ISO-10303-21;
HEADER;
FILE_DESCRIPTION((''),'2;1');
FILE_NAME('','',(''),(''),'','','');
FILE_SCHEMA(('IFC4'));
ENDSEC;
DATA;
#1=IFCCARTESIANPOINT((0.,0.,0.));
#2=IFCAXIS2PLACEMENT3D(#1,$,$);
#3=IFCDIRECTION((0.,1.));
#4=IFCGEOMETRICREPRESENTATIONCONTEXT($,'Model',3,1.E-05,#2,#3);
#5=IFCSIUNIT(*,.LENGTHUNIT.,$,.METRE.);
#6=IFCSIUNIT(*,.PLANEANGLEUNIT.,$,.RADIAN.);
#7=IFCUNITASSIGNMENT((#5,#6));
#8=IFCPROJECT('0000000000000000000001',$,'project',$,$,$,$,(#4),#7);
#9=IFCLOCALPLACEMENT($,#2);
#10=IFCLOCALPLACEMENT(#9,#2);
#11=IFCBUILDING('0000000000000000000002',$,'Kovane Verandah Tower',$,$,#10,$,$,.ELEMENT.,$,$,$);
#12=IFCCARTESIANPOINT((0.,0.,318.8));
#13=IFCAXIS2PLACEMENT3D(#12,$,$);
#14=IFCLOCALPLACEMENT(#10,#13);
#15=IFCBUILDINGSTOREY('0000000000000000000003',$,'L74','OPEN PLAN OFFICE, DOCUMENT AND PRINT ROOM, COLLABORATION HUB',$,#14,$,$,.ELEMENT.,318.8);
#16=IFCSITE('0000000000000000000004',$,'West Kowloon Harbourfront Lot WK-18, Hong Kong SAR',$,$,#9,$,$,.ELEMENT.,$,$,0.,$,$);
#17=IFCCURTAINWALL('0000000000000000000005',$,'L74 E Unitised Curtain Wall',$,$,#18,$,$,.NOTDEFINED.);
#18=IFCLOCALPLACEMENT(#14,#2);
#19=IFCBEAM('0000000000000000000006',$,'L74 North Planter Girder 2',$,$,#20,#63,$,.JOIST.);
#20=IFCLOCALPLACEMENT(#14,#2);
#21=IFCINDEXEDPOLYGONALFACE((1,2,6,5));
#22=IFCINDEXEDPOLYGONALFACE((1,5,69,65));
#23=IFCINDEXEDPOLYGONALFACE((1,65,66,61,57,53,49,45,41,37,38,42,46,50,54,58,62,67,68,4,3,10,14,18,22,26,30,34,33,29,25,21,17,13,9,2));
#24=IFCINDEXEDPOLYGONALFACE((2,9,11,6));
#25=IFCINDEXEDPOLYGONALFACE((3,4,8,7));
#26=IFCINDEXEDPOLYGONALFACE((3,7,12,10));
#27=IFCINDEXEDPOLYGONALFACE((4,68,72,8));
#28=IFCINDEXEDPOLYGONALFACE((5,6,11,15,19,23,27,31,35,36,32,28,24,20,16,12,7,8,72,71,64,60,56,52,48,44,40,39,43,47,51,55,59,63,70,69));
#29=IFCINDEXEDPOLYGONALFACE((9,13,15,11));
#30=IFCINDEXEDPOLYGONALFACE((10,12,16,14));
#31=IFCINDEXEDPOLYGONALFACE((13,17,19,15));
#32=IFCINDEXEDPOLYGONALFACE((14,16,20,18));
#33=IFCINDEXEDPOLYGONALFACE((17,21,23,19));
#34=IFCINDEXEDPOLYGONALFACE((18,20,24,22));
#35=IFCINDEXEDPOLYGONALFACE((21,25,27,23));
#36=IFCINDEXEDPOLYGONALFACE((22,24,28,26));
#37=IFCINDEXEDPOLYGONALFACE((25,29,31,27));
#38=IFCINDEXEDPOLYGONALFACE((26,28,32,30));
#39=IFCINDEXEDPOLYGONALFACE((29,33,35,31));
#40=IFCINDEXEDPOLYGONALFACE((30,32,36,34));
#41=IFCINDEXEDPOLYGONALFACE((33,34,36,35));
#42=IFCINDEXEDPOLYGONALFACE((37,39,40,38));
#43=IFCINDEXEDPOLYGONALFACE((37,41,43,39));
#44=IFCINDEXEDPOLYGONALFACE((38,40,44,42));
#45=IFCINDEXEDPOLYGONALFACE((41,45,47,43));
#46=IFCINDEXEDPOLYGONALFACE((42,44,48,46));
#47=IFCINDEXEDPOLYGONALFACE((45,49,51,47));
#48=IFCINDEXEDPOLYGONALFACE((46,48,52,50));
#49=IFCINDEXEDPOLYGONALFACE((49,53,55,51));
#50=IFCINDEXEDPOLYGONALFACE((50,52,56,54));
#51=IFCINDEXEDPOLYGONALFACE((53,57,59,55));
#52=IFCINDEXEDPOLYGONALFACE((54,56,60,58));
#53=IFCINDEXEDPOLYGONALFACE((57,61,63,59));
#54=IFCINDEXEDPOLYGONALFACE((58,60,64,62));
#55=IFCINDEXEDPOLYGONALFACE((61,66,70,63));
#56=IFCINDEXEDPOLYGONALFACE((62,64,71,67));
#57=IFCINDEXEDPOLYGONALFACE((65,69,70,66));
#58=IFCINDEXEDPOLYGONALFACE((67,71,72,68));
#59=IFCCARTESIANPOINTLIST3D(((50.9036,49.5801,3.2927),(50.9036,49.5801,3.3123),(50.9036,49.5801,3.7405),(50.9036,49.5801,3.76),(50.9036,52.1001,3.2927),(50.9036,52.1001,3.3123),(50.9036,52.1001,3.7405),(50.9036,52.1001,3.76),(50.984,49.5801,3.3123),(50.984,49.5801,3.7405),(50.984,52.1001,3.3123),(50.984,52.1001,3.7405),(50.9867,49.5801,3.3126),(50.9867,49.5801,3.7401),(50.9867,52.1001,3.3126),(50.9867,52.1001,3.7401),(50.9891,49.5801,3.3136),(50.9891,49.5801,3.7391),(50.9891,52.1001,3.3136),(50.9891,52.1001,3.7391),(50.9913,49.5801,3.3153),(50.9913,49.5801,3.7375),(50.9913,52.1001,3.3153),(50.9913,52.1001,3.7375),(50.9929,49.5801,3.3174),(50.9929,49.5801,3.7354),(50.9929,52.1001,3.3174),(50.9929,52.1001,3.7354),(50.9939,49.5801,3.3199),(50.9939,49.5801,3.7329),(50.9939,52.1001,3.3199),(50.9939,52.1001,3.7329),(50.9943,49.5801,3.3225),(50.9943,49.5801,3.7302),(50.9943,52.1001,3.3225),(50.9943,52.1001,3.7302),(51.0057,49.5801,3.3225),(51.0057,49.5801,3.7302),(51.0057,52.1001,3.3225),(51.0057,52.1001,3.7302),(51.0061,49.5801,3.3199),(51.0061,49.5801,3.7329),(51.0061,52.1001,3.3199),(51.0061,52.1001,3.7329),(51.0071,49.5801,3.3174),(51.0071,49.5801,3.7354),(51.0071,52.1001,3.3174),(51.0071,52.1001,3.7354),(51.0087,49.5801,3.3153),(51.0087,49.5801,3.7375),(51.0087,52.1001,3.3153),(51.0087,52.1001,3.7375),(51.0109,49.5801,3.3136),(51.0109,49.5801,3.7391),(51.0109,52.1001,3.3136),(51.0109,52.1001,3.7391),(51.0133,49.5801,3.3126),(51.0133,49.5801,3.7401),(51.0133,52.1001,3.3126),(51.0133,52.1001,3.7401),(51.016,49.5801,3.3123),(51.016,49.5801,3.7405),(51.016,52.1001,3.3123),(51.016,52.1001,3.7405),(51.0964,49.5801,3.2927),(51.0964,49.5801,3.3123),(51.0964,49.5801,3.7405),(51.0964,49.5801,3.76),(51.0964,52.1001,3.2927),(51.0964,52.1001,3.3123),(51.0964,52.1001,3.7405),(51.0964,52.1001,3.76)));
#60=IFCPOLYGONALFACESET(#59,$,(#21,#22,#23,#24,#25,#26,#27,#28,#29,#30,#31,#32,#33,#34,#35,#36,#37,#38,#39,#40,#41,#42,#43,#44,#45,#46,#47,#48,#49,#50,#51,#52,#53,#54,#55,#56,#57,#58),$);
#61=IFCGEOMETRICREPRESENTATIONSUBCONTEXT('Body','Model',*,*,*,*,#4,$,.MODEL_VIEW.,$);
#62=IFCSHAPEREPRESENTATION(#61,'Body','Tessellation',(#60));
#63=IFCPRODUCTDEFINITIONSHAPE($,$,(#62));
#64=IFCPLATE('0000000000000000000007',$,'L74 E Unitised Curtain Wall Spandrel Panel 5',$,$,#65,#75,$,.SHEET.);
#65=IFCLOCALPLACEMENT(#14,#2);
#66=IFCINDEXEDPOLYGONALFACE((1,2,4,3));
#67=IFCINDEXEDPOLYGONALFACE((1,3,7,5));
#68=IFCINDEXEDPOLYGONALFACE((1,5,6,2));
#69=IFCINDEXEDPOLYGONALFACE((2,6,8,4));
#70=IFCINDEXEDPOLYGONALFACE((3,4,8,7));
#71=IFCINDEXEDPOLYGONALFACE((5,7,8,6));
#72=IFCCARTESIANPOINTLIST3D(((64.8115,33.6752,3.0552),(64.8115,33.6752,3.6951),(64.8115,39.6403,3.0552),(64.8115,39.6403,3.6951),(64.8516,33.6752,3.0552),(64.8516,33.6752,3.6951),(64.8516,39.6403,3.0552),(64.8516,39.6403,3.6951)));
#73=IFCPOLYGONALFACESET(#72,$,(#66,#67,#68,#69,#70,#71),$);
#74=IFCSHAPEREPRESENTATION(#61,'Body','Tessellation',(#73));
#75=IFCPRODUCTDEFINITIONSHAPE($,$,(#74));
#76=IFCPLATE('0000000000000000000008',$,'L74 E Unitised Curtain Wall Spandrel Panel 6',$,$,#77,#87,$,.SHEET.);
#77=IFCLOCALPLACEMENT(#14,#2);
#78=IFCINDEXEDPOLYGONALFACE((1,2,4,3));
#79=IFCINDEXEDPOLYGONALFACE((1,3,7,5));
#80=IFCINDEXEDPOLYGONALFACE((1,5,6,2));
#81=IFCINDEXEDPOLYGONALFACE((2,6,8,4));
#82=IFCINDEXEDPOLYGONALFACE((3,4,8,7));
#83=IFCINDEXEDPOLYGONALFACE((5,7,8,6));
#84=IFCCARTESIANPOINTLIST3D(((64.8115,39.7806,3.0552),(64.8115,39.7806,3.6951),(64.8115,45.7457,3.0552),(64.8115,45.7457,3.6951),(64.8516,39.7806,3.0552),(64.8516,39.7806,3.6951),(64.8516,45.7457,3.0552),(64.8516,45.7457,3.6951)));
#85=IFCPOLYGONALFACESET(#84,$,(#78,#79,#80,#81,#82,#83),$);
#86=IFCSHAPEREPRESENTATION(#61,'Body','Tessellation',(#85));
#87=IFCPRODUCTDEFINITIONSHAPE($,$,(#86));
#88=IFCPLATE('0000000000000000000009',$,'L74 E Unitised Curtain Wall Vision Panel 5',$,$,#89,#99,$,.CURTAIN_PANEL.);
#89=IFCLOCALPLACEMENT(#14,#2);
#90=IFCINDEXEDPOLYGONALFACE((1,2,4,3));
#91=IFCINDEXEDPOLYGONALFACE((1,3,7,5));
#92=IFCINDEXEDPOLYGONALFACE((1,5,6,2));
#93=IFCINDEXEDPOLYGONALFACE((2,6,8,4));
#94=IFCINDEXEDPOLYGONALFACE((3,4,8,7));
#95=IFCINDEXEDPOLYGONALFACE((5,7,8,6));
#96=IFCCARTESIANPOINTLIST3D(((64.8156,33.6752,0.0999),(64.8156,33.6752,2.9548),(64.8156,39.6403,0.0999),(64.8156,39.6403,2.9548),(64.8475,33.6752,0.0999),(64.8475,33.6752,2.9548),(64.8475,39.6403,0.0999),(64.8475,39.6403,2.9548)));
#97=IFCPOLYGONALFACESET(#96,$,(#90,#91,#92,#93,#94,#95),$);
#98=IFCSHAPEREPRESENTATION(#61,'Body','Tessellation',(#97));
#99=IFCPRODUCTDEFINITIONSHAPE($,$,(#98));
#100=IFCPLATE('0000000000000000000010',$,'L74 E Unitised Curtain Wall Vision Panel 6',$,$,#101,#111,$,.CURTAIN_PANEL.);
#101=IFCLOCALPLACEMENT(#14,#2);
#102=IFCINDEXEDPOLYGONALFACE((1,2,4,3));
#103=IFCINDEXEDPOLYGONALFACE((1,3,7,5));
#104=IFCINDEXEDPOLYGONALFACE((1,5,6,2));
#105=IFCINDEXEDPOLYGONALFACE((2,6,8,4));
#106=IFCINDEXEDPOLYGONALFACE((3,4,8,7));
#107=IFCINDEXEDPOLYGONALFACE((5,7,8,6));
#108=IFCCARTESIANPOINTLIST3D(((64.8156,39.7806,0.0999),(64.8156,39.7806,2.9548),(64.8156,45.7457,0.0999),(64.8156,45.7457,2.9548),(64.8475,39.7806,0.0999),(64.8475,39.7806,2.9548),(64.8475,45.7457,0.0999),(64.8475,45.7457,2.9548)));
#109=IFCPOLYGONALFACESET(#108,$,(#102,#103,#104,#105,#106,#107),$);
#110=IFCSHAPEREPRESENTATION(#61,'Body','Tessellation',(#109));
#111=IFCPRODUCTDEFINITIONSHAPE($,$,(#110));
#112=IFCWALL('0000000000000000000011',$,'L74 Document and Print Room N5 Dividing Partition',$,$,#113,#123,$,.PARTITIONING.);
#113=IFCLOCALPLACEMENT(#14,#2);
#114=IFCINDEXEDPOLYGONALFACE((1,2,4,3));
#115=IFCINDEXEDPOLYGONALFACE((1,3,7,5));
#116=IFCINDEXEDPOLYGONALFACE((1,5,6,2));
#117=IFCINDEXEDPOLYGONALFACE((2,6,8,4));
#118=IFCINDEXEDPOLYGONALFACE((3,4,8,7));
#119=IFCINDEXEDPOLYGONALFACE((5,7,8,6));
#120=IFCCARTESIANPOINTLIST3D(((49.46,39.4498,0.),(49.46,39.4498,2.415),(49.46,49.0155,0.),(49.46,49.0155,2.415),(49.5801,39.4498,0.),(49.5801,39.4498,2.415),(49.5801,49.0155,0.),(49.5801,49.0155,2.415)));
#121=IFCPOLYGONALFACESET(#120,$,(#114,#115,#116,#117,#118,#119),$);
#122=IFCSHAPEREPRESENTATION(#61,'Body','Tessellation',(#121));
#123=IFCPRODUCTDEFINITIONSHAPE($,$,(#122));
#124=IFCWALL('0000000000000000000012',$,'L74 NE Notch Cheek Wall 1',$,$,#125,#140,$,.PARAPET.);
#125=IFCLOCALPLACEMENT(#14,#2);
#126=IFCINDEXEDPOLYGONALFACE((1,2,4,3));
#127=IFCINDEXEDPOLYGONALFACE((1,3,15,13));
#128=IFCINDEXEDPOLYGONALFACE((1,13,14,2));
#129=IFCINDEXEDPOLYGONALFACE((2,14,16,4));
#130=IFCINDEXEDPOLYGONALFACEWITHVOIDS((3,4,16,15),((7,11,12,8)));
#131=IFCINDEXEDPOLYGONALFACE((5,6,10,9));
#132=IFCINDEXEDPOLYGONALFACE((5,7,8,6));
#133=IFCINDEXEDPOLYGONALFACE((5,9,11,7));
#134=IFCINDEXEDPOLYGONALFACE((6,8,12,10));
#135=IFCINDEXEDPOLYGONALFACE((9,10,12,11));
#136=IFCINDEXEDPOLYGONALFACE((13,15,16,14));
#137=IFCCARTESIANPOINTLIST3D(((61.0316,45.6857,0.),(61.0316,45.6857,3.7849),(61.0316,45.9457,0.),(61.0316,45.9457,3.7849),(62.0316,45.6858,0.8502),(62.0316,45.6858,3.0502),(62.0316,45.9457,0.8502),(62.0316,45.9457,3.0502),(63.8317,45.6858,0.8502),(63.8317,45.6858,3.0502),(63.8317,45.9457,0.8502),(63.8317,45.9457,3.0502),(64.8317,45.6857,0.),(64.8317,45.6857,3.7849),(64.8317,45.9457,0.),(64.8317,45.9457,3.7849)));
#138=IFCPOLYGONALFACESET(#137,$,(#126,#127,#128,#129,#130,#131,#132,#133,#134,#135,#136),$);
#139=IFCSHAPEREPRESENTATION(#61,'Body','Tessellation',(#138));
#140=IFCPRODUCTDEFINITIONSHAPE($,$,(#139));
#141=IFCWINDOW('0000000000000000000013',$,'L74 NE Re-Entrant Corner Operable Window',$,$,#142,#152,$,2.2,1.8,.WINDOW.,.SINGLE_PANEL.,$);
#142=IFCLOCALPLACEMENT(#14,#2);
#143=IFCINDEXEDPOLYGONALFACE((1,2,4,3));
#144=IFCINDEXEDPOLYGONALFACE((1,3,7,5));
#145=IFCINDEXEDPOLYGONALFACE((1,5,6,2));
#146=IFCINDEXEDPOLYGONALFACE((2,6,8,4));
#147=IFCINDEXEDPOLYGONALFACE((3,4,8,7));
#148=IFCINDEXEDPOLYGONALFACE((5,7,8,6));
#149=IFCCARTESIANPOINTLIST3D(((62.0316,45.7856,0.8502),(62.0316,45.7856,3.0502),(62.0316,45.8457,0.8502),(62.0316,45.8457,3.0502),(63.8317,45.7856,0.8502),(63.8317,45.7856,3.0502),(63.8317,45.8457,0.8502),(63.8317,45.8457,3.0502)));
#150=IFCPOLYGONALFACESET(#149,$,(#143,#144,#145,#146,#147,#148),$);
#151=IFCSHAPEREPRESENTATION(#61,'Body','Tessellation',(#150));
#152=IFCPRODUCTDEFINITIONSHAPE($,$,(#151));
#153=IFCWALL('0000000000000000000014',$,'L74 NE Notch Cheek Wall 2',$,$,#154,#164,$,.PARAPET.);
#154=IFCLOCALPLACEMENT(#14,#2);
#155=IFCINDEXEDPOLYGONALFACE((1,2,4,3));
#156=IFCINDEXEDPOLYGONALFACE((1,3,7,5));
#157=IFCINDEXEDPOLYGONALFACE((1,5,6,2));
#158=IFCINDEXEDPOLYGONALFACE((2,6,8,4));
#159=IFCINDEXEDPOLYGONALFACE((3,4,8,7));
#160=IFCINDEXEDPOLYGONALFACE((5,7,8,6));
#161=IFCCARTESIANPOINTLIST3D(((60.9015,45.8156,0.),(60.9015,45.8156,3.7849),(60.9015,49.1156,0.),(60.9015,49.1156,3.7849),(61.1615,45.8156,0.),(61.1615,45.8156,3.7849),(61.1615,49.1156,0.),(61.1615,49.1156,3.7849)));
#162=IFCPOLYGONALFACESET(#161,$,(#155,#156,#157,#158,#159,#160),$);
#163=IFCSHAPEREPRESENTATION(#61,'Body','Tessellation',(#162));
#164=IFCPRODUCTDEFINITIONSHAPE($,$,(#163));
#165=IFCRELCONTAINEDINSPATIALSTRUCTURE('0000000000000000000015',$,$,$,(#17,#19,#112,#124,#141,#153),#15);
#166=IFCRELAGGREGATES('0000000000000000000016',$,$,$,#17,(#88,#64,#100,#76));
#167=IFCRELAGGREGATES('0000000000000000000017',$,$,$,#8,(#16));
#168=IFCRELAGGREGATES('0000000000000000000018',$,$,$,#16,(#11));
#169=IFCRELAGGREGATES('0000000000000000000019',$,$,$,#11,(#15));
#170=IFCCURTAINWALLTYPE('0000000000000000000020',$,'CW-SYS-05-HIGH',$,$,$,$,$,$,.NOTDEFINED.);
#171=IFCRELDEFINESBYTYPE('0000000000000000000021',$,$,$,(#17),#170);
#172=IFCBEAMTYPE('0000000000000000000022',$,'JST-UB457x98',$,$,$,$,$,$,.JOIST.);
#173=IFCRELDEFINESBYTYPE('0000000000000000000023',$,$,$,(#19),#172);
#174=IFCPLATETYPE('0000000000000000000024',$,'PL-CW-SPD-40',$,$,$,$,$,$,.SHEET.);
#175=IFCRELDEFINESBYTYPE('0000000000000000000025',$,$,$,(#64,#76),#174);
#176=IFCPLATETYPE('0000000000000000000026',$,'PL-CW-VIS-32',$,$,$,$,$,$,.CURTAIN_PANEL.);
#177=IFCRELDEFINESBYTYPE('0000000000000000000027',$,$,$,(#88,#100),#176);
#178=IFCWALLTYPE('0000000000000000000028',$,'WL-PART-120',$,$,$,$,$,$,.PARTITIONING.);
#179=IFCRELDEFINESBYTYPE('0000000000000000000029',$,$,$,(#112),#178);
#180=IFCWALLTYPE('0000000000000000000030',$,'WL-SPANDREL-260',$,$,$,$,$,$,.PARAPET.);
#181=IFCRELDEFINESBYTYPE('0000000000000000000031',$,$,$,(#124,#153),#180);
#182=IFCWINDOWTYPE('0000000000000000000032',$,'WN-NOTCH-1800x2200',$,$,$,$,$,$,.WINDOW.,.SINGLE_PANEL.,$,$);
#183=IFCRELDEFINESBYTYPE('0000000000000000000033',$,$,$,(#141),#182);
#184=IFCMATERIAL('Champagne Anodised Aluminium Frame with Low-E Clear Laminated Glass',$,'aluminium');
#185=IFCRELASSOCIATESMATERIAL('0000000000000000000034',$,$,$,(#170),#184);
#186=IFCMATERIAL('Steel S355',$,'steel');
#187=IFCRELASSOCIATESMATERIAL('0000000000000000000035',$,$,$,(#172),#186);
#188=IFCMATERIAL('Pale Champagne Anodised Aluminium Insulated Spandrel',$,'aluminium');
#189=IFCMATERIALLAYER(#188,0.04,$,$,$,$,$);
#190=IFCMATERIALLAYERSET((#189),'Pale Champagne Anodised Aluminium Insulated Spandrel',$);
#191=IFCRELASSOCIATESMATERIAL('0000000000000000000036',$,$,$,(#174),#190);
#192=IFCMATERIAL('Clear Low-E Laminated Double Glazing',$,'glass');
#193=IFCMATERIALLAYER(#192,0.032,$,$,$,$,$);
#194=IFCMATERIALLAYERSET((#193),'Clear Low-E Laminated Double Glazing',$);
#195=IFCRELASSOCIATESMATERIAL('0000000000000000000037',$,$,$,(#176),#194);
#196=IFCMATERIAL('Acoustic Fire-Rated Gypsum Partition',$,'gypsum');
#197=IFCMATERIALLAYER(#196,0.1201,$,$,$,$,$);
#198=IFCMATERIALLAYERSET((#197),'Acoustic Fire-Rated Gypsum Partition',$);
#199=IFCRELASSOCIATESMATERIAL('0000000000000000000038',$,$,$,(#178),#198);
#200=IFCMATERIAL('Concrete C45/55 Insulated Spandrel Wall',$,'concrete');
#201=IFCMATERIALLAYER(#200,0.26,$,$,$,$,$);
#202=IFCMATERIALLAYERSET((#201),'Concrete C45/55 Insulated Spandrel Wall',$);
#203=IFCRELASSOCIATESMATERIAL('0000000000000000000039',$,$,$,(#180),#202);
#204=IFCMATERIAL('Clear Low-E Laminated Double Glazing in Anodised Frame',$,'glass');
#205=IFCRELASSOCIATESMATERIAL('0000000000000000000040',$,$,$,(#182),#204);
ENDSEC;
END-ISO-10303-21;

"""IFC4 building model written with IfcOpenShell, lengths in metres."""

from ifc_helpers import new_model, si_unit, direction, frame, frame_2d, origin, origin_2d, place, context, subcontext, project, spatial, rectangle, i_section, extrude, material, layer, layer_set, material_profile, profile_set, type_object, element, fill, aggregate, save


model = new_model("IFC4")

# Units and contexts
model_context = context("Model", 3, precision=1e-05, world=origin(), true_north=direction((0.0, 1.0)))
body_context = subcontext(model_context, "Body", "Model", "MODEL_VIEW")
ifc_project = project(units=[si_unit("LENGTHUNIT", "METRE"), si_unit("PLANEANGLEUNIT", "RADIAN")], contexts=[model_context])

# Site, building, storey
site_placement = place(None, origin())
site = spatial("IfcSite", under=ifc_project, at=site_placement, Name="West Kowloon Harbourfront Lot WK-18, Hong Kong SAR", CompositionType="ELEMENT", RefElevation=0.0)
building_placement = place(site_placement, origin())
building = spatial("IfcBuilding", under=site, at=building_placement, Name="Kovane Verandah Tower", CompositionType="ELEMENT")
storey_placement = place(building_placement, frame((0.0, 0.0, 318.8)))
storey = spatial("IfcBuildingStorey", under=building, at=storey_placement, Name="L74", Description="OPEN PLAN OFFICE, DOCUMENT AND PRINT ROOM, COLLABORATION HUB", CompositionType="ELEMENT", Elevation=318.8)

# Shared definitions
ifc_material_1 = material(Name="Steel S355", Category="steel")

# Curtain wall
ifc_material_2 = material(Name="Champagne Anodised Aluminium Frame with Low-E Clear Laminated Glass", Category="aluminium")
curtain_wall_type = type_object("IfcCurtainWallType", Name="CW-SYS-05-HIGH", PredefinedType="NOTDEFINED", material=ifc_material_2)
curtain_wall_placement = place(storey_placement, origin())
curtain_wall = element("IfcCurtainWall", 1, at=curtain_wall_placement, inside=storey, type_object=curtain_wall_type, Name="L74 E Unitised Curtain Wall", PredefinedType="NOTDEFINED")

# Beam
ifc_material_profile_1 = material_profile(ifc_material_1, i_section(OverallWidth=0.1929, OverallDepth=0.4673, WebThickness=0.0115, FlangeThickness=0.0195, FilletRadius=0.0103, at=origin_2d()), Name="UB457x191x98")
ifc_profile_set_1 = profile_set([ifc_material_profile_1], Name="Steel S355")
beam_type_1 = type_object("IfcBeamType", Name="JST-UB457x98", PredefinedType="JOIST", material=ifc_profile_set_1)
beam_1_placement = place(storey_placement, frame((51.0, 49.5801, 3.5264), z_axis=(0.0, 1.0, 0.0), x_axis=(-1.0, 0.0, 0.0)))
element("IfcBeam", 2, at=beam_1_placement, inside=storey, type_object=beam_type_1, Name="L74 North Planter Girder 2", PredefinedType="JOIST", context=body_context, shape_type="SweptSolid", body=[
    extrude(i_section(OverallWidth=0.1929, OverallDepth=0.4673, WebThickness=0.0115, FlangeThickness=0.0195, FilletRadius=0.0103, at=origin_2d()), origin(), (0.0, 0.0, 1.0), 2.52),
])

# Plates
ifc_material_3 = material(Name="Pale Champagne Anodised Aluminium Insulated Spandrel", Category="aluminium")
ifc_layer_1 = layer(ifc_material_3, 0.04)
ifc_layer_set_1 = layer_set([ifc_layer_1], Name="Pale Champagne Anodised Aluminium Insulated Spandrel")
plate_type_1 = type_object("IfcPlateType", Name="PL-CW-SPD-40", PredefinedType="SHEET", material=ifc_layer_set_1)
plate_1_placement = place(storey_placement, frame((64.8315, 36.6577, 3.0552), z_axis=(0.0, 0.0, 1.0), x_axis=(0.0, 1.0, 0.0)))
plate_1 = element("IfcPlate", 3, at=plate_1_placement, type_object=plate_type_1, Name="L74 E Unitised Curtain Wall Spandrel Panel 5", PredefinedType="SHEET", context=body_context, shape_type="SweptSolid", body=[
    extrude(rectangle(XDim=5.9651, YDim=0.04, at=origin_2d()), origin(), (0.0, 0.0, 1.0), 0.6399),
])
plate_2_placement = place(storey_placement, frame((64.8315, 42.7632, 3.0552), z_axis=(0.0, 0.0, 1.0), x_axis=(0.0, 1.0, 0.0)))
plate_2 = element("IfcPlate", 4, at=plate_2_placement, type_object=plate_type_1, Name="L74 E Unitised Curtain Wall Spandrel Panel 6", PredefinedType="SHEET", context=body_context, shape_type="SweptSolid", body=[
    extrude(rectangle(XDim=5.9651, YDim=0.04, at=origin_2d()), origin(), (0.0, 0.0, 1.0), 0.6399),
])
ifc_material_4 = material(Name="Clear Low-E Laminated Double Glazing", Category="glass")
ifc_layer_2 = layer(ifc_material_4, 0.032)
ifc_layer_set_2 = layer_set([ifc_layer_2], Name="Clear Low-E Laminated Double Glazing")
plate_type_2 = type_object("IfcPlateType", Name="PL-CW-VIS-32", PredefinedType="CURTAIN_PANEL", material=ifc_layer_set_2)
plate_3_placement = place(storey_placement, frame((64.8315, 36.6577, 0.0999), z_axis=(0.0, 0.0, 1.0), x_axis=(0.0, 1.0, 0.0)))
plate_3 = element("IfcPlate", 5, at=plate_3_placement, type_object=plate_type_2, Name="L74 E Unitised Curtain Wall Vision Panel 5", PredefinedType="CURTAIN_PANEL", context=body_context, shape_type="SweptSolid", body=[
    extrude(rectangle(XDim=5.9651, YDim=0.032, at=origin_2d()), origin(), (0.0, 0.0, 1.0), 2.855),
])
plate_4_placement = place(storey_placement, frame((64.8315, 42.7632, 0.0999), z_axis=(0.0, 0.0, 1.0), x_axis=(0.0, 1.0, 0.0)))
plate_4 = element("IfcPlate", 6, at=plate_4_placement, type_object=plate_type_2, Name="L74 E Unitised Curtain Wall Vision Panel 6", PredefinedType="CURTAIN_PANEL", context=body_context, shape_type="SweptSolid", body=[
    extrude(rectangle(XDim=5.9651, YDim=0.032, at=origin_2d()), origin(), (0.0, 0.0, 1.0), 2.855),
])
aggregate(curtain_wall, [plate_3, plate_1, plate_4, plate_2])

# Wall
ifc_material_5 = material(Name="Acoustic Fire-Rated Gypsum Partition", Category="gypsum")
ifc_layer_3 = layer(ifc_material_5, 0.1201)
ifc_layer_set_3 = layer_set([ifc_layer_3], Name="Acoustic Fire-Rated Gypsum Partition")
wall_type_1 = type_object("IfcWallType", Name="WL-PART-120", PredefinedType="PARTITIONING", material=ifc_layer_set_3)
wall_1_placement = place(storey_placement, frame((49.52, 39.45, 0.0), z_axis=(0.0, 0.0, 1.0), x_axis=(0.0, 1.0, 0.0)))
element("IfcWall", 7, at=wall_1_placement, inside=storey, type_object=wall_type_1, Name="L74 Document and Print Room N5 Dividing Partition", PredefinedType="PARTITIONING", context=body_context, shape_type="SweptSolid", body=[
    extrude(rectangle(XDim=9.5657, YDim=0.1201, at=frame_2d((4.7827, 0.0))), origin(), (0.0, 0.0, 1.0), 2.415),
])

# Shared definitions
ifc_material_6 = material(Name="Concrete C45/55 Insulated Spandrel Wall", Category="concrete")
ifc_layer_4 = layer(ifc_material_6, 0.26)
ifc_layer_set_4 = layer_set([ifc_layer_4], Name="Concrete C45/55 Insulated Spandrel Wall")
wall_type_2 = type_object("IfcWallType", Name="WL-SPANDREL-260", PredefinedType="PARAPET", material=ifc_layer_set_4)
ifc_material_7 = material(Name="Clear Low-E Laminated Double Glazing in Anodised Frame", Category="glass")

# Wall, opening, window
wall_2_placement = place(storey_placement, frame((64.8315, 45.8157, 0.0), z_axis=(0.0, 0.0, 1.0), x_axis=(-1.0, 0.0, 0.0)))
wall_2 = element("IfcWall", 8, at=wall_2_placement, inside=storey, type_object=wall_type_2, Name="L74 NE Notch Cheek Wall 1", PredefinedType="PARAPET", context=body_context, shape_type="SweptSolid", body=[
    extrude(rectangle(XDim=3.8, YDim=0.26, at=frame_2d((1.8999, 0.0))), origin(), (0.0, 0.0, 1.0), 3.7849),
])
opening_1_placement = place(wall_2_placement, frame((1.0, 0.0, 0.8501)))
opening_1 = element("IfcOpeningElement", 9, at=opening_1_placement, cuts=wall_2, PredefinedType="OPENING", context=body_context, shape_type="SweptSolid", body=[
    extrude(rectangle(XDim=1.8, YDim=2.2, at=frame_2d((0.8999, 1.1001))), frame((0.0, 0.1299, 0.0), z_axis=(0.0, -1.0, 0.0), x_axis=(1.0, 0.0, 0.0)), (0.0, 0.0, 1.0), 0.26),
])
window_type_1 = type_object("IfcWindowType", Name="WN-NOTCH-1800x2200", PartitioningType="SINGLE_PANEL", PredefinedType="WINDOW", material=ifc_material_7)
window_1_placement = place(opening_1_placement, origin())
window_1 = element("IfcWindow", 10, at=window_1_placement, inside=storey, type_object=window_type_1, Name="L74 NE Re-Entrant Corner Operable Window", OverallHeight=2.2, OverallWidth=1.8, PartitioningType="SINGLE_PANEL", PredefinedType="WINDOW", context=body_context, shape_type="SweptSolid", body=[
    extrude(rectangle(XDim=1.8, YDim=2.2, at=frame_2d((0.8999, 1.1001))), frame((0.0, 0.03, 0.0), z_axis=(0.0, -1.0, 0.0), x_axis=(1.0, 0.0, 0.0)), (0.0, 0.0, 1.0), 0.0601),
])
fill(opening_1, window_1)

# Wall
wall_3_placement = place(storey_placement, frame((61.0315, 45.8157, 0.0), z_axis=(0.0, 0.0, 1.0), x_axis=(0.0, 1.0, 0.0)))
element("IfcWall", 11, at=wall_3_placement, inside=storey, type_object=wall_type_2, Name="L74 NE Notch Cheek Wall 2", PredefinedType="PARAPET", context=body_context, shape_type="SweptSolid", body=[
    extrude(rectangle(XDim=3.3, YDim=0.26, at=frame_2d((1.6499, 0.0))), origin(), (0.0, 0.0, 1.0), 3.7849),
])

save(model, "model.ifc")
